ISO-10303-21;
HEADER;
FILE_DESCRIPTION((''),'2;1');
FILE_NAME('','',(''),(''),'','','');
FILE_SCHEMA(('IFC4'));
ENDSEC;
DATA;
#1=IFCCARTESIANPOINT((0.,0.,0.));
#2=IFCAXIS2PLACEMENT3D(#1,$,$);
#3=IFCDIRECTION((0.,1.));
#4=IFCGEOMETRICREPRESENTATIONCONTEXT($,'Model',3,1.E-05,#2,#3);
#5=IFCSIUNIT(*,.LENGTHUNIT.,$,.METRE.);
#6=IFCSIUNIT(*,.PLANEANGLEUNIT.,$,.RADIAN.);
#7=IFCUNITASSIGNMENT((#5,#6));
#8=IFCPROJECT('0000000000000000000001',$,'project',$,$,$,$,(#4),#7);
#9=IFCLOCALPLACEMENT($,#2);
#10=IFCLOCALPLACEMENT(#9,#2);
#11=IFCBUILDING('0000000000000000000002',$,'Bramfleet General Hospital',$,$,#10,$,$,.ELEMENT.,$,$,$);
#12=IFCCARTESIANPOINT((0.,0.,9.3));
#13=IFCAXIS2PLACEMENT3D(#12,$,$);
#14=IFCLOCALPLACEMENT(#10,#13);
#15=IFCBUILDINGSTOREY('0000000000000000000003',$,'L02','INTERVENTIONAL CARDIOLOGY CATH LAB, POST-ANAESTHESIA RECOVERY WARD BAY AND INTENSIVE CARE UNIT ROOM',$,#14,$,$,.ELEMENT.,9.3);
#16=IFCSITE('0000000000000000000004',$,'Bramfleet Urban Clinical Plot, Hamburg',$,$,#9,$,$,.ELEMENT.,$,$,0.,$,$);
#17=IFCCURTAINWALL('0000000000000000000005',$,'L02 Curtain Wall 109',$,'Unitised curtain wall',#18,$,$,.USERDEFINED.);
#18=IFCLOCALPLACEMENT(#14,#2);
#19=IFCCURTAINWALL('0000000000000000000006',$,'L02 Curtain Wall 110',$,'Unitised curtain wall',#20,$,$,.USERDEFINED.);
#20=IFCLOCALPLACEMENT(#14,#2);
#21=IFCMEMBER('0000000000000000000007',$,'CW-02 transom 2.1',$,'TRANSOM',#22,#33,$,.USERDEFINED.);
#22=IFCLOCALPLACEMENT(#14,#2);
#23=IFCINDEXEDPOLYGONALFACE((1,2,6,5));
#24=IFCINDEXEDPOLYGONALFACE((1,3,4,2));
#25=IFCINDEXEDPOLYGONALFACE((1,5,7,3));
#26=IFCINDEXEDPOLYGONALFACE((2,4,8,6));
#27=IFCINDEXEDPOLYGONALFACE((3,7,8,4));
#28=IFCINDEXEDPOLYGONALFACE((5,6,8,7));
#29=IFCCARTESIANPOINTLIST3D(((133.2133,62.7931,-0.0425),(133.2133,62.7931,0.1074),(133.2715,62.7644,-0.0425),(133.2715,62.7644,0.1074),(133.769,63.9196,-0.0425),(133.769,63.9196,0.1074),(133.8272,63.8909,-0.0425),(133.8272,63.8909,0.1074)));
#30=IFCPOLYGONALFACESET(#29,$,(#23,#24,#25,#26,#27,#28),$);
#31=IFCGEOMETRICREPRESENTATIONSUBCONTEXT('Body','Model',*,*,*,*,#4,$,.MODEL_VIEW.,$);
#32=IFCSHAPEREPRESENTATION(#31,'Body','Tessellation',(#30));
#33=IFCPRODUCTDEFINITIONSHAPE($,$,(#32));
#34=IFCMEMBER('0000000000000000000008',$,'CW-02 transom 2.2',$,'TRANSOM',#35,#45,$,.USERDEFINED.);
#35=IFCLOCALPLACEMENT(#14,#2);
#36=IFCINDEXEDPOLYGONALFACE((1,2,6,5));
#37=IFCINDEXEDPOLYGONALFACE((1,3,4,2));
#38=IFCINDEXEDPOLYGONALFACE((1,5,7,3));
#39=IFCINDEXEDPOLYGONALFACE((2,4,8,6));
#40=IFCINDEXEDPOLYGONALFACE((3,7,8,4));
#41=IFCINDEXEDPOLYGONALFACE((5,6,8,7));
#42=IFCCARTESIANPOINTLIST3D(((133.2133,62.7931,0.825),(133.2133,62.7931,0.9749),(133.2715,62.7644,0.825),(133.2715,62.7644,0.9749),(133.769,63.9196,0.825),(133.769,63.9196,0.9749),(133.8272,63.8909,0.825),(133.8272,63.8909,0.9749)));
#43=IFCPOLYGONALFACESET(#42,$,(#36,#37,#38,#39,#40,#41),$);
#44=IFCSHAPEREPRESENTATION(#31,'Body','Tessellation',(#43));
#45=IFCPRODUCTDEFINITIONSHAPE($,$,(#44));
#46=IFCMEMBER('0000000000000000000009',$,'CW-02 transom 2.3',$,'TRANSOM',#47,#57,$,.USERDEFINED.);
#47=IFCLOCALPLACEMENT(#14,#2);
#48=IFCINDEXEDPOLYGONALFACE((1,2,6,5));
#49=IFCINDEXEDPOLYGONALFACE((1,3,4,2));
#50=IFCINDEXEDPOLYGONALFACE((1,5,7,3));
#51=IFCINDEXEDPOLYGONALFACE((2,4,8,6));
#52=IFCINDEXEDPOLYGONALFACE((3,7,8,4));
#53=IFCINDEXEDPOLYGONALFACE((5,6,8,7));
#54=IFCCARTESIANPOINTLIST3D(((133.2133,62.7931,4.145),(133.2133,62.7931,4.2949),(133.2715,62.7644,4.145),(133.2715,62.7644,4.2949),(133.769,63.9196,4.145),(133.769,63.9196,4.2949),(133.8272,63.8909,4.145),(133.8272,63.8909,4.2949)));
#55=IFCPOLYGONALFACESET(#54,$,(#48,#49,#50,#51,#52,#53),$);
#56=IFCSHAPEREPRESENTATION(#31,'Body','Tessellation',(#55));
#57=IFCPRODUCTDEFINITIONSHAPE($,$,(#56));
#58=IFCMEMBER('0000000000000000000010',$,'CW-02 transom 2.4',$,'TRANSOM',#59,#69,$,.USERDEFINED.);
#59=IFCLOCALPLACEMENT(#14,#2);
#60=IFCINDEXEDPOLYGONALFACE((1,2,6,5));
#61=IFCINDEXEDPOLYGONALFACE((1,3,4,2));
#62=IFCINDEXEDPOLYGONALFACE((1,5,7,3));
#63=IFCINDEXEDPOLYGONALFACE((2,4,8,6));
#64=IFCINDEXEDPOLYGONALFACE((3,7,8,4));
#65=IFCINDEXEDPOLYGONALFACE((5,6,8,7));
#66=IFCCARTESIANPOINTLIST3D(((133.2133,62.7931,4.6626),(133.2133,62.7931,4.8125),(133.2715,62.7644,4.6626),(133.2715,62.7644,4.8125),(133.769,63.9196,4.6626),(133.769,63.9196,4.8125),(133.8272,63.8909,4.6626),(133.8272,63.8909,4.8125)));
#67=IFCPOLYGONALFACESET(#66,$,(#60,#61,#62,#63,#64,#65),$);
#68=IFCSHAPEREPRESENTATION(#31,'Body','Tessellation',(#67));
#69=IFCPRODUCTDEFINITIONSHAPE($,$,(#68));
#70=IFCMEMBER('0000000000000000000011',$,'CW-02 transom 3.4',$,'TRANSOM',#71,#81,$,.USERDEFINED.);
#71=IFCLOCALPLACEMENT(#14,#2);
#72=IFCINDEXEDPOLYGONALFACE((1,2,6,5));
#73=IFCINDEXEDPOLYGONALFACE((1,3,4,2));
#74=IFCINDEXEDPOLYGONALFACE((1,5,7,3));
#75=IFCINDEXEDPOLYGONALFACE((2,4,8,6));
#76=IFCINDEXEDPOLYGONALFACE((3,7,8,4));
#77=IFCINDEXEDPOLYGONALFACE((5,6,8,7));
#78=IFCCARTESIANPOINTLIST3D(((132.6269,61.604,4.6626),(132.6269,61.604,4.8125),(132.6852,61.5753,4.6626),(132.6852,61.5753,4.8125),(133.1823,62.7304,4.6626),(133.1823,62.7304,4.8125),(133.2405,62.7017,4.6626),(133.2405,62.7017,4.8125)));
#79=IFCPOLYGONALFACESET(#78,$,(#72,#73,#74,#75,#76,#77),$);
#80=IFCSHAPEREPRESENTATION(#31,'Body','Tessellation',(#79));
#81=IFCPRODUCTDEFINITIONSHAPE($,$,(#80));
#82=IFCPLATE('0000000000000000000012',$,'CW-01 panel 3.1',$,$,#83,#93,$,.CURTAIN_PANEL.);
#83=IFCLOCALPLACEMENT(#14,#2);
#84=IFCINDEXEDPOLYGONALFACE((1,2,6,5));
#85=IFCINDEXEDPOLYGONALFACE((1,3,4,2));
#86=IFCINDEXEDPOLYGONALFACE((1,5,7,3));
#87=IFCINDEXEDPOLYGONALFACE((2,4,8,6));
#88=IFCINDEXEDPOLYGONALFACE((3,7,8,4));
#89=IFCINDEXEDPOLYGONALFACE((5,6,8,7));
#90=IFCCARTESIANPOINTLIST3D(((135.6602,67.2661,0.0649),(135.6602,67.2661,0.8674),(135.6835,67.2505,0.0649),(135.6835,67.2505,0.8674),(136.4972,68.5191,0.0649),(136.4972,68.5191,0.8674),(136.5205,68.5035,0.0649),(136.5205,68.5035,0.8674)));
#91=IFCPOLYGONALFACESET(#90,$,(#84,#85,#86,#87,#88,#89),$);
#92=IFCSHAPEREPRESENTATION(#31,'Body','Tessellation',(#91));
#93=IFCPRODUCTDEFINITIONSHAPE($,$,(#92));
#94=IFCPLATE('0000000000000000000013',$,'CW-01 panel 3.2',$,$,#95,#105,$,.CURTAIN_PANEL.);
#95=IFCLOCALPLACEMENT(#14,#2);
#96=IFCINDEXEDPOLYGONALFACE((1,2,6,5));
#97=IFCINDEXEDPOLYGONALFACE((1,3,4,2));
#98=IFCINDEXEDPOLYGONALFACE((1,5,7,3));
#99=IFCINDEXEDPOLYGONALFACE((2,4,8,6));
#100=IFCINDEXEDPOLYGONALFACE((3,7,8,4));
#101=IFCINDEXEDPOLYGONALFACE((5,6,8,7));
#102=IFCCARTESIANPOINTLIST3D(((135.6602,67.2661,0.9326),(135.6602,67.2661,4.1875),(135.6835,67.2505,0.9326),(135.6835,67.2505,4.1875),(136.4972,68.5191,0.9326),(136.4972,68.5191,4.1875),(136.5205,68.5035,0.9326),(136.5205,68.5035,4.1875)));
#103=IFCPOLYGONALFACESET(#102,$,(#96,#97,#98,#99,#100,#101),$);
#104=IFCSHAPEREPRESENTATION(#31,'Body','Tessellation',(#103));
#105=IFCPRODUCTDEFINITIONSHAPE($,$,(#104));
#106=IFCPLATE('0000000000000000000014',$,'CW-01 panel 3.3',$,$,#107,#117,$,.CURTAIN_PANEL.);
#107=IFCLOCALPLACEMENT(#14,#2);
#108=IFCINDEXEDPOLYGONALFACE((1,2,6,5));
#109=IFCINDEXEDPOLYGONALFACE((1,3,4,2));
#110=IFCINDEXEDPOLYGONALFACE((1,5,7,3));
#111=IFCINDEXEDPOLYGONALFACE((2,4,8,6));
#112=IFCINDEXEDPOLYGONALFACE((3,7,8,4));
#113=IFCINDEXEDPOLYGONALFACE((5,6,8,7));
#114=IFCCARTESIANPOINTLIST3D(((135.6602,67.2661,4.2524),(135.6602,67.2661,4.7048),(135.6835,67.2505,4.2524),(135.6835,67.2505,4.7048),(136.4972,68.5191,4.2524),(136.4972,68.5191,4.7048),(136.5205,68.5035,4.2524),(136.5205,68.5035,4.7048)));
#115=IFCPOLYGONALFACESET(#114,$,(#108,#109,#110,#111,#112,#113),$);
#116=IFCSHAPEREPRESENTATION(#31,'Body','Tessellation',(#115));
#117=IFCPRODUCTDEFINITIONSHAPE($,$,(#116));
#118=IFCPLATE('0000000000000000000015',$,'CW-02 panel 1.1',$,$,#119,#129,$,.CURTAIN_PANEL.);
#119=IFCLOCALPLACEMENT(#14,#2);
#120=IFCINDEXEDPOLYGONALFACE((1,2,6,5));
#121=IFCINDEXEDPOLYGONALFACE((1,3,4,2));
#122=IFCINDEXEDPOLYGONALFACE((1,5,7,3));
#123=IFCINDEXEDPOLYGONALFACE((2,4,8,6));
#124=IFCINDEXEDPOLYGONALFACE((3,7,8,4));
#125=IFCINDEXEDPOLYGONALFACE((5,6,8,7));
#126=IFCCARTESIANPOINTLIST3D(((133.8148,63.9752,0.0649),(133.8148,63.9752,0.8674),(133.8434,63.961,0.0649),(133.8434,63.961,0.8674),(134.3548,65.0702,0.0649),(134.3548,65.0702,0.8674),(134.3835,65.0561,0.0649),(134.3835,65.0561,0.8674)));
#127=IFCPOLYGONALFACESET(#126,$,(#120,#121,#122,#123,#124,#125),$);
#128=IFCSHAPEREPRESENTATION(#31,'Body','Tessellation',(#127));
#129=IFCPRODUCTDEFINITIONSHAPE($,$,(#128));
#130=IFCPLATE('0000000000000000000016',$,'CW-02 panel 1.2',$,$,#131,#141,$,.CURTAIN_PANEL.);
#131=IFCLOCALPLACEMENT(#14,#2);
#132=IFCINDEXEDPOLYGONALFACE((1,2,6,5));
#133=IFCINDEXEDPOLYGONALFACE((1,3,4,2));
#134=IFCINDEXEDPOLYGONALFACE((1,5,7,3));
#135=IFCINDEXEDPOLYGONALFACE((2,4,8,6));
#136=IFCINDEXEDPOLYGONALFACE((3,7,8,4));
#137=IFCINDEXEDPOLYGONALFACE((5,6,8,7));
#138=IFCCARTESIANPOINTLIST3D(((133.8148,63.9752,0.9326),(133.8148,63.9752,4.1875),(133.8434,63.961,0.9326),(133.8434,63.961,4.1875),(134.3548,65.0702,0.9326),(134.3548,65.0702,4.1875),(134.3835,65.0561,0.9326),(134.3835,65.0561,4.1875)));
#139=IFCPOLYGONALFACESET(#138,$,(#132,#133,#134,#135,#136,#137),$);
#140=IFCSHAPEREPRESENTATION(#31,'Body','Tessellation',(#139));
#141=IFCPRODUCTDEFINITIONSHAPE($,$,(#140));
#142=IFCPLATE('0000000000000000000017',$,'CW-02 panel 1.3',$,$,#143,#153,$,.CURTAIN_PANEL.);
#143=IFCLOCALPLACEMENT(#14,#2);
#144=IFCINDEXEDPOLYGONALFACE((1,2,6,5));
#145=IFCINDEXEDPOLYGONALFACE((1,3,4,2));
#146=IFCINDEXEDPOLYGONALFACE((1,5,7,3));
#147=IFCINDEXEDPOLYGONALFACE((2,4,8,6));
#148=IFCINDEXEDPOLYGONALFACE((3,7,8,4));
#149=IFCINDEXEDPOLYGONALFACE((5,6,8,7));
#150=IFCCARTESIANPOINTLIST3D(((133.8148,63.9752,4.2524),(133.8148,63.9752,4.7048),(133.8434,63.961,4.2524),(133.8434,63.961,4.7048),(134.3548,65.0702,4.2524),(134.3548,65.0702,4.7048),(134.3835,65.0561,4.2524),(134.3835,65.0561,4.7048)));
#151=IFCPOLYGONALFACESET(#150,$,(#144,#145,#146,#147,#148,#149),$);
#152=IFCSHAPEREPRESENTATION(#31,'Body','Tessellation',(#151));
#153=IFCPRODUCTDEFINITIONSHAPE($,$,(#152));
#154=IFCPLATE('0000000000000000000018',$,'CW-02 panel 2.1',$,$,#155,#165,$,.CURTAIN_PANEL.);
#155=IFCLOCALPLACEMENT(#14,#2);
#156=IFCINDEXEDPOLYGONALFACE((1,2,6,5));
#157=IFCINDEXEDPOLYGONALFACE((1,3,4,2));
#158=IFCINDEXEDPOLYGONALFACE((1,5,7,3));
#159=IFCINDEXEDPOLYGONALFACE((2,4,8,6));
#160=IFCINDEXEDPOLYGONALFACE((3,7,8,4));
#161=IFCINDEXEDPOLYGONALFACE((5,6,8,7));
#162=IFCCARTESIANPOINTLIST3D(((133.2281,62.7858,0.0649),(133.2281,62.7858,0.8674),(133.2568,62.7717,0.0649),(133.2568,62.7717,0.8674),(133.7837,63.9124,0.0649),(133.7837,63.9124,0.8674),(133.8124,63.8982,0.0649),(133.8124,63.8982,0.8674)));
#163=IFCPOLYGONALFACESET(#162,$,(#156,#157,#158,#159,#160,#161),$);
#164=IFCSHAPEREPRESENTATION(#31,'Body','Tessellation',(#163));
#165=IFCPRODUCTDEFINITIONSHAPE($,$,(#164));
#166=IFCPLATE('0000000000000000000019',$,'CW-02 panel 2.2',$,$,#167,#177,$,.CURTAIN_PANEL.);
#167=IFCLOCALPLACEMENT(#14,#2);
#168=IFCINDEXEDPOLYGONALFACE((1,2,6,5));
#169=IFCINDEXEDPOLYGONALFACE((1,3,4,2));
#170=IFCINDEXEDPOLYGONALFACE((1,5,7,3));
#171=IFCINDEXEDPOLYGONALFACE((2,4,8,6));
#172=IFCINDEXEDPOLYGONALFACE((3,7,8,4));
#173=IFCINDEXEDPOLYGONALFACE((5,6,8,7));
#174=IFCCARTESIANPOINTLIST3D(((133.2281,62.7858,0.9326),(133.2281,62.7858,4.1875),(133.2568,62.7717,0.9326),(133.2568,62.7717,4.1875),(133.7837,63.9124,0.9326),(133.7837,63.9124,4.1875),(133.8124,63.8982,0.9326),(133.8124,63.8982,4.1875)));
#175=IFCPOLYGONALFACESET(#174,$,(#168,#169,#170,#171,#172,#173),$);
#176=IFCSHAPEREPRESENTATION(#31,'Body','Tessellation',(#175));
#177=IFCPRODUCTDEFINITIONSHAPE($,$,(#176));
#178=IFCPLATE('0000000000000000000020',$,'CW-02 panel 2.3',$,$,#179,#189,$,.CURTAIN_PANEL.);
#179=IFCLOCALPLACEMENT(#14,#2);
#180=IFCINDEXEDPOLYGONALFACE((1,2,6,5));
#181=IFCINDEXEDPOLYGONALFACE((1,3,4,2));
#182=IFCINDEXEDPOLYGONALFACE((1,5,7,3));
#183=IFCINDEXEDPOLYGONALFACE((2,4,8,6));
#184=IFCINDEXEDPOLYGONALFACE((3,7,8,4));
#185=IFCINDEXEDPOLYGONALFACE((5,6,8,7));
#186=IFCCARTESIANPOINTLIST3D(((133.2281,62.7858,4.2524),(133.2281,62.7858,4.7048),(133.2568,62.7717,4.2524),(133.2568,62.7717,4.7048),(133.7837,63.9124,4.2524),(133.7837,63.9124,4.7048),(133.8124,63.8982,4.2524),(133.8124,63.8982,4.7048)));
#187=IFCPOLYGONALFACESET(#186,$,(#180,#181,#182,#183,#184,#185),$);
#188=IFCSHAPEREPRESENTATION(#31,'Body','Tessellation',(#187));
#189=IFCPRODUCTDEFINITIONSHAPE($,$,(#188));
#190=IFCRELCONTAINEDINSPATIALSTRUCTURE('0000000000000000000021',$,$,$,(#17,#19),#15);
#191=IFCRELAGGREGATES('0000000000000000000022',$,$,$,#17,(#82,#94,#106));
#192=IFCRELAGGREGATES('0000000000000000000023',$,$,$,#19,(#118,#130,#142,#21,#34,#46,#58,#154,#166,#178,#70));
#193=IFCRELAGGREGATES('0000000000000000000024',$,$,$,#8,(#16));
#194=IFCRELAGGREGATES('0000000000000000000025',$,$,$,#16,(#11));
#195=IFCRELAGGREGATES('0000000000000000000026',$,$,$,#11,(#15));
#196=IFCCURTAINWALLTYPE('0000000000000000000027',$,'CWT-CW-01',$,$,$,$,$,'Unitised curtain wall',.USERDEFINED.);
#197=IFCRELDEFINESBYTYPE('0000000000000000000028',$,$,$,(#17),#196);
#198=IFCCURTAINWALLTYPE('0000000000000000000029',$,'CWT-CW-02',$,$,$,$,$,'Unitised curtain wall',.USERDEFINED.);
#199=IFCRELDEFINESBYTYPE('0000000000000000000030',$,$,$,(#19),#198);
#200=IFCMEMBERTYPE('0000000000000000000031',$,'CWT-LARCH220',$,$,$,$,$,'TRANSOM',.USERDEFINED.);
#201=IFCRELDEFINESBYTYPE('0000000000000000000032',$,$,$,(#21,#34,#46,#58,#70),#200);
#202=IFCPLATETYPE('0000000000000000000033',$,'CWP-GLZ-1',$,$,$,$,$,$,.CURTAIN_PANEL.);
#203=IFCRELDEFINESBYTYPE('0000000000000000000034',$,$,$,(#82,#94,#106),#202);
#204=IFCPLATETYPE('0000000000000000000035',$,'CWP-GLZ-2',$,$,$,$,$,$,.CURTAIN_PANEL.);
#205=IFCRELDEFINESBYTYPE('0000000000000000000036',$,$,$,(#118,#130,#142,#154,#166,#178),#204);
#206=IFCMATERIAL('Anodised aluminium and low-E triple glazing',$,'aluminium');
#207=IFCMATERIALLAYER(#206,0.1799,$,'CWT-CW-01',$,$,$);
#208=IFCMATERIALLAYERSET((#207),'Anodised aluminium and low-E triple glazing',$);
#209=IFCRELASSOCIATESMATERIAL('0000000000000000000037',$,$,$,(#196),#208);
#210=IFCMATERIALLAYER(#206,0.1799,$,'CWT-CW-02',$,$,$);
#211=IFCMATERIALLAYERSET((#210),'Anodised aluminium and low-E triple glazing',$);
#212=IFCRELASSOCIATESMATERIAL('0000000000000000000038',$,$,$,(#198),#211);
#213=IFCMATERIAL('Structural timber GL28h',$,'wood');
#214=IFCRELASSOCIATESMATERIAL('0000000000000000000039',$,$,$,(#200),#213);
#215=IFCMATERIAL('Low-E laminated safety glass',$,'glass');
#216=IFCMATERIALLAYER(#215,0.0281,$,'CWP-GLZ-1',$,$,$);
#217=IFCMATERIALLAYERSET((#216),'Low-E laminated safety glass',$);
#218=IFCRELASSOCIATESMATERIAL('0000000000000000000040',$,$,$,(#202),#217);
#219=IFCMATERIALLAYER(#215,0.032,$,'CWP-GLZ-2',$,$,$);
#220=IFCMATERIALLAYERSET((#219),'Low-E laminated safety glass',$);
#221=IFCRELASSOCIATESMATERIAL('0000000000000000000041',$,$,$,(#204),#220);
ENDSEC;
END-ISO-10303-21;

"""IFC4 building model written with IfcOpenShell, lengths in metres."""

from ifc_helpers import new_model, si_unit, direction, frame, origin, origin_2d, place, context, subcontext, project, spatial, rectangle, extrude, material, layer, layer_set, material_profile, profile_set, type_object, element, aggregate, save


model = new_model("IFC4")

# Units and contexts
model_context = context("Model", 3, precision=1e-05, world=origin(), true_north=direction((0.0, 1.0)))
body_context = subcontext(model_context, "Body", "Model", "MODEL_VIEW")
ifc_project = project(units=[si_unit("LENGTHUNIT", "METRE"), si_unit("PLANEANGLEUNIT", "RADIAN")], contexts=[model_context])

# Site, building, storey
site_placement = place(None, origin())
site = spatial("IfcSite", under=ifc_project, at=site_placement, Name="Bramfleet Urban Clinical Plot, Hamburg", CompositionType="ELEMENT", RefElevation=0.0)
building_placement = place(site_placement, origin())
building = spatial("IfcBuilding", under=site, at=building_placement, Name="Bramfleet General Hospital", CompositionType="ELEMENT")
storey_placement = place(building_placement, frame((0.0, 0.0, 9.3)))
storey = spatial("IfcBuildingStorey", under=building, at=storey_placement, Name="L02", Description="INTERVENTIONAL CARDIOLOGY CATH LAB, POST-ANAESTHESIA RECOVERY WARD BAY AND INTENSIVE CARE UNIT ROOM", CompositionType="ELEMENT", Elevation=9.3)

# Curtain wall
ifc_material_1 = material(Name="Anodised aluminium and low-E triple glazing", Category="aluminium")
ifc_layer_1 = layer(ifc_material_1, 0.1799, Name="CWT-CW-01")
ifc_layer_set_1 = layer_set([ifc_layer_1], Name="Anodised aluminium and low-E triple glazing")
curtain_wall_type_1 = type_object("IfcCurtainWallType", Name="CWT-CW-01", ElementType="Unitised curtain wall", PredefinedType="USERDEFINED", material=ifc_layer_set_1)
curtain_wall_1_placement = place(storey_placement, origin())
curtain_wall_1 = element("IfcCurtainWall", 1, at=curtain_wall_1_placement, inside=storey, type_object=curtain_wall_type_1, Name="L02 Curtain Wall 109", ObjectType="Unitised curtain wall", PredefinedType="USERDEFINED")
ifc_material_2 = material(Name="Structural timber GL28h", Category="wood")

# Curtain wall
ifc_layer_2 = layer(ifc_material_1, 0.1799, Name="CWT-CW-02")
ifc_layer_set_2 = layer_set([ifc_layer_2], Name="Anodised aluminium and low-E triple glazing")
curtain_wall_type_2 = type_object("IfcCurtainWallType", Name="CWT-CW-02", ElementType="Unitised curtain wall", PredefinedType="USERDEFINED", material=ifc_layer_set_2)
curtain_wall_2_placement = place(storey_placement, origin())
curtain_wall_2 = element("IfcCurtainWall", 2, at=curtain_wall_2_placement, inside=storey, type_object=curtain_wall_type_2, Name="L02 Curtain Wall 110", ObjectType="Unitised curtain wall", PredefinedType="USERDEFINED")

# Members
ifc_material_profile_1 = material_profile(ifc_material_2, rectangle(XDim=0.0649, YDim=0.1499, at=origin_2d()), Name="LARCH 150x65")
ifc_profile_set_1 = profile_set([ifc_material_profile_1], Name="Structural timber GL28h")
member_type_1 = type_object("IfcMemberType", Name="CWT-LARCH220", ElementType="TRANSOM", PredefinedType="USERDEFINED", material=ifc_profile_set_1)
member_1_placement = place(storey_placement, frame((133.7981, 63.9053, 0.0325), z_axis=(-0.442387, -0.896824, 0.0), x_axis=(0.896824, -0.442387, 0.0)))
member_1 = element("IfcMember", 3, at=member_1_placement, type_object=member_type_1, Name="CW-02 transom 2.1", ObjectType="TRANSOM", PredefinedType="USERDEFINED", context=body_context, shape_type="SweptSolid", body=[
    extrude(rectangle(XDim=0.0649, YDim=0.1499, at=origin_2d()), origin(), (0.0, 0.0, 1.0), 1.2561),
])
member_2_placement = place(storey_placement, frame((133.7981, 63.9053, 0.8999), z_axis=(-0.442387, -0.896824, 0.0), x_axis=(0.896824, -0.442387, 0.0)))
member_2 = element("IfcMember", 4, at=member_2_placement, type_object=member_type_1, Name="CW-02 transom 2.2", ObjectType="TRANSOM", PredefinedType="USERDEFINED", context=body_context, shape_type="SweptSolid", body=[
    extrude(rectangle(XDim=0.0649, YDim=0.1499, at=origin_2d()), origin(), (0.0, 0.0, 1.0), 1.2561),
])
member_3_placement = place(storey_placement, frame((133.7981, 63.9053, 4.22), z_axis=(-0.442387, -0.896824, 0.0), x_axis=(0.896824, -0.442387, 0.0)))
member_3 = element("IfcMember", 5, at=member_3_placement, type_object=member_type_1, Name="CW-02 transom 2.3", ObjectType="TRANSOM", PredefinedType="USERDEFINED", context=body_context, shape_type="SweptSolid", body=[
    extrude(rectangle(XDim=0.0649, YDim=0.1499, at=origin_2d()), origin(), (0.0, 0.0, 1.0), 1.2561),
])
member_4_placement = place(storey_placement, frame((133.7981, 63.9053, 4.7375), z_axis=(-0.442387, -0.896824, 0.0), x_axis=(0.896824, -0.442387, 0.0)))
member_4 = element("IfcMember", 6, at=member_4_placement, type_object=member_type_1, Name="CW-02 transom 2.4", ObjectType="TRANSOM", PredefinedType="USERDEFINED", context=body_context, shape_type="SweptSolid", body=[
    extrude(rectangle(XDim=0.0649, YDim=0.1499, at=origin_2d()), origin(), (0.0, 0.0, 1.0), 1.2561),
])
member_5_placement = place(storey_placement, frame((133.2114, 62.7161, 4.7375), z_axis=(-0.44223, -0.896902, 0.0), x_axis=(0.896902, -0.44223, 0.0)))
member_5 = element("IfcMember", 7, at=member_5_placement, type_object=member_type_1, Name="CW-02 transom 3.4", ObjectType="TRANSOM", PredefinedType="USERDEFINED", context=body_context, shape_type="SweptSolid", body=[
    extrude(rectangle(XDim=0.0649, YDim=0.1499, at=origin_2d()), origin(), (0.0, 0.0, 1.0), 1.2559),
])

# Plates
ifc_material_3 = material(Name="Low-E laminated safety glass", Category="glass")
ifc_layer_3 = layer(ifc_material_3, 0.0281, Name="CWP-GLZ-1")
ifc_layer_set_3 = layer_set([ifc_layer_3], Name="Low-E laminated safety glass")
plate_type_1 = type_object("IfcPlateType", Name="CWP-GLZ-1", PredefinedType="CURTAIN_PANEL", material=ifc_layer_set_3)
plate_1_placement = place(storey_placement, frame((136.0903, 67.8848, 0.0649), z_axis=(0.0, 0.0, 1.0), x_axis=(-0.555464, -0.831541, 0.0)))
plate_1 = element("IfcPlate", 8, at=plate_1_placement, type_object=plate_type_1, Name="CW-01 panel 3.1", PredefinedType="CURTAIN_PANEL", context=body_context, shape_type="SweptSolid", body=[
    extrude(rectangle(XDim=1.5068, YDim=0.0281, at=origin_2d()), origin(), (0.0, 0.0, 1.0), 0.8025),
])
plate_2_placement = place(storey_placement, frame((136.0903, 67.8848, 0.9326), z_axis=(0.0, 0.0, 1.0), x_axis=(-0.555464, -0.831541, 0.0)))
plate_2 = element("IfcPlate", 9, at=plate_2_placement, type_object=plate_type_1, Name="CW-01 panel 3.2", PredefinedType="CURTAIN_PANEL", context=body_context, shape_type="SweptSolid", body=[
    extrude(rectangle(XDim=1.5068, YDim=0.0281, at=origin_2d()), origin(), (0.0, 0.0, 1.0), 3.2549),
])
plate_3_placement = place(storey_placement, frame((136.0903, 67.8848, 4.2524), z_axis=(0.0, 0.0, 1.0), x_axis=(-0.555464, -0.831541, 0.0)))
plate_3 = element("IfcPlate", 10, at=plate_3_placement, type_object=plate_type_1, Name="CW-01 panel 3.3", PredefinedType="CURTAIN_PANEL", context=body_context, shape_type="SweptSolid", body=[
    extrude(rectangle(XDim=1.5068, YDim=0.0281, at=origin_2d()), origin(), (0.0, 0.0, 1.0), 0.4524),
])
aggregate(curtain_wall_1, [plate_1, plate_2, plate_3])
ifc_layer_4 = layer(ifc_material_3, 0.032, Name="CWP-GLZ-2")
ifc_layer_set_4 = layer_set([ifc_layer_4], Name="Low-E laminated safety glass")
plate_type_2 = type_object("IfcPlateType", Name="CWP-GLZ-2", PredefinedType="CURTAIN_PANEL", material=ifc_layer_set_4)
plate_4_placement = place(storey_placement, frame((134.0991, 64.5156, 0.0649), z_axis=(0.0, 0.0, 1.0), x_axis=(-0.442305, -0.896865, 0.0)))
plate_4 = element("IfcPlate", 11, at=plate_4_placement, type_object=plate_type_2, Name="CW-02 panel 1.1", PredefinedType="CURTAIN_PANEL", context=body_context, shape_type="SweptSolid", body=[
    extrude(rectangle(XDim=1.2209, YDim=0.032, at=origin_2d()), origin(), (0.0, 0.0, 1.0), 0.8025),
])
plate_5_placement = place(storey_placement, frame((134.0991, 64.5156, 0.9326), z_axis=(0.0, 0.0, 1.0), x_axis=(-0.442305, -0.896865, 0.0)))
plate_5 = element("IfcPlate", 12, at=plate_5_placement, type_object=plate_type_2, Name="CW-02 panel 1.2", PredefinedType="CURTAIN_PANEL", context=body_context, shape_type="SweptSolid", body=[
    extrude(rectangle(XDim=1.2209, YDim=0.032, at=origin_2d()), origin(), (0.0, 0.0, 1.0), 3.2549),
])
plate_6_placement = place(storey_placement, frame((134.0991, 64.5156, 4.2524), z_axis=(0.0, 0.0, 1.0), x_axis=(-0.442305, -0.896865, 0.0)))
plate_6 = element("IfcPlate", 13, at=plate_6_placement, type_object=plate_type_2, Name="CW-02 panel 1.3", PredefinedType="CURTAIN_PANEL", context=body_context, shape_type="SweptSolid", body=[
    extrude(rectangle(XDim=1.2209, YDim=0.032, at=origin_2d()), origin(), (0.0, 0.0, 1.0), 0.4524),
])
plate_7_placement = place(storey_placement, frame((133.5203, 63.342, 0.0649), z_axis=(0.0, 0.0, 1.0), x_axis=(-0.442305, -0.896865, 0.0)))
plate_7 = element("IfcPlate", 14, at=plate_7_placement, type_object=plate_type_2, Name="CW-02 panel 2.1", PredefinedType="CURTAIN_PANEL", context=body_context, shape_type="SweptSolid", body=[
    extrude(rectangle(XDim=1.2561, YDim=0.032, at=origin_2d()), origin(), (0.0, 0.0, 1.0), 0.8025),
])
plate_8_placement = place(storey_placement, frame((133.5203, 63.342, 0.9326), z_axis=(0.0, 0.0, 1.0), x_axis=(-0.442305, -0.896865, 0.0)))
plate_8 = element("IfcPlate", 15, at=plate_8_placement, type_object=plate_type_2, Name="CW-02 panel 2.2", PredefinedType="CURTAIN_PANEL", context=body_context, shape_type="SweptSolid", body=[
    extrude(rectangle(XDim=1.2561, YDim=0.032, at=origin_2d()), origin(), (0.0, 0.0, 1.0), 3.2549),
])
plate_9_placement = place(storey_placement, frame((133.5203, 63.342, 4.2524), z_axis=(0.0, 0.0, 1.0), x_axis=(-0.442305, -0.896865, 0.0)))
plate_9 = element("IfcPlate", 16, at=plate_9_placement, type_object=plate_type_2, Name="CW-02 panel 2.3", PredefinedType="CURTAIN_PANEL", context=body_context, shape_type="SweptSolid", body=[
    extrude(rectangle(XDim=1.2561, YDim=0.032, at=origin_2d()), origin(), (0.0, 0.0, 1.0), 0.4524),
])
aggregate(curtain_wall_2, [plate_4, plate_5, plate_6, member_1, member_2, member_3, member_4, plate_7, plate_8, plate_9, member_5])

save(model, "model.ifc")
